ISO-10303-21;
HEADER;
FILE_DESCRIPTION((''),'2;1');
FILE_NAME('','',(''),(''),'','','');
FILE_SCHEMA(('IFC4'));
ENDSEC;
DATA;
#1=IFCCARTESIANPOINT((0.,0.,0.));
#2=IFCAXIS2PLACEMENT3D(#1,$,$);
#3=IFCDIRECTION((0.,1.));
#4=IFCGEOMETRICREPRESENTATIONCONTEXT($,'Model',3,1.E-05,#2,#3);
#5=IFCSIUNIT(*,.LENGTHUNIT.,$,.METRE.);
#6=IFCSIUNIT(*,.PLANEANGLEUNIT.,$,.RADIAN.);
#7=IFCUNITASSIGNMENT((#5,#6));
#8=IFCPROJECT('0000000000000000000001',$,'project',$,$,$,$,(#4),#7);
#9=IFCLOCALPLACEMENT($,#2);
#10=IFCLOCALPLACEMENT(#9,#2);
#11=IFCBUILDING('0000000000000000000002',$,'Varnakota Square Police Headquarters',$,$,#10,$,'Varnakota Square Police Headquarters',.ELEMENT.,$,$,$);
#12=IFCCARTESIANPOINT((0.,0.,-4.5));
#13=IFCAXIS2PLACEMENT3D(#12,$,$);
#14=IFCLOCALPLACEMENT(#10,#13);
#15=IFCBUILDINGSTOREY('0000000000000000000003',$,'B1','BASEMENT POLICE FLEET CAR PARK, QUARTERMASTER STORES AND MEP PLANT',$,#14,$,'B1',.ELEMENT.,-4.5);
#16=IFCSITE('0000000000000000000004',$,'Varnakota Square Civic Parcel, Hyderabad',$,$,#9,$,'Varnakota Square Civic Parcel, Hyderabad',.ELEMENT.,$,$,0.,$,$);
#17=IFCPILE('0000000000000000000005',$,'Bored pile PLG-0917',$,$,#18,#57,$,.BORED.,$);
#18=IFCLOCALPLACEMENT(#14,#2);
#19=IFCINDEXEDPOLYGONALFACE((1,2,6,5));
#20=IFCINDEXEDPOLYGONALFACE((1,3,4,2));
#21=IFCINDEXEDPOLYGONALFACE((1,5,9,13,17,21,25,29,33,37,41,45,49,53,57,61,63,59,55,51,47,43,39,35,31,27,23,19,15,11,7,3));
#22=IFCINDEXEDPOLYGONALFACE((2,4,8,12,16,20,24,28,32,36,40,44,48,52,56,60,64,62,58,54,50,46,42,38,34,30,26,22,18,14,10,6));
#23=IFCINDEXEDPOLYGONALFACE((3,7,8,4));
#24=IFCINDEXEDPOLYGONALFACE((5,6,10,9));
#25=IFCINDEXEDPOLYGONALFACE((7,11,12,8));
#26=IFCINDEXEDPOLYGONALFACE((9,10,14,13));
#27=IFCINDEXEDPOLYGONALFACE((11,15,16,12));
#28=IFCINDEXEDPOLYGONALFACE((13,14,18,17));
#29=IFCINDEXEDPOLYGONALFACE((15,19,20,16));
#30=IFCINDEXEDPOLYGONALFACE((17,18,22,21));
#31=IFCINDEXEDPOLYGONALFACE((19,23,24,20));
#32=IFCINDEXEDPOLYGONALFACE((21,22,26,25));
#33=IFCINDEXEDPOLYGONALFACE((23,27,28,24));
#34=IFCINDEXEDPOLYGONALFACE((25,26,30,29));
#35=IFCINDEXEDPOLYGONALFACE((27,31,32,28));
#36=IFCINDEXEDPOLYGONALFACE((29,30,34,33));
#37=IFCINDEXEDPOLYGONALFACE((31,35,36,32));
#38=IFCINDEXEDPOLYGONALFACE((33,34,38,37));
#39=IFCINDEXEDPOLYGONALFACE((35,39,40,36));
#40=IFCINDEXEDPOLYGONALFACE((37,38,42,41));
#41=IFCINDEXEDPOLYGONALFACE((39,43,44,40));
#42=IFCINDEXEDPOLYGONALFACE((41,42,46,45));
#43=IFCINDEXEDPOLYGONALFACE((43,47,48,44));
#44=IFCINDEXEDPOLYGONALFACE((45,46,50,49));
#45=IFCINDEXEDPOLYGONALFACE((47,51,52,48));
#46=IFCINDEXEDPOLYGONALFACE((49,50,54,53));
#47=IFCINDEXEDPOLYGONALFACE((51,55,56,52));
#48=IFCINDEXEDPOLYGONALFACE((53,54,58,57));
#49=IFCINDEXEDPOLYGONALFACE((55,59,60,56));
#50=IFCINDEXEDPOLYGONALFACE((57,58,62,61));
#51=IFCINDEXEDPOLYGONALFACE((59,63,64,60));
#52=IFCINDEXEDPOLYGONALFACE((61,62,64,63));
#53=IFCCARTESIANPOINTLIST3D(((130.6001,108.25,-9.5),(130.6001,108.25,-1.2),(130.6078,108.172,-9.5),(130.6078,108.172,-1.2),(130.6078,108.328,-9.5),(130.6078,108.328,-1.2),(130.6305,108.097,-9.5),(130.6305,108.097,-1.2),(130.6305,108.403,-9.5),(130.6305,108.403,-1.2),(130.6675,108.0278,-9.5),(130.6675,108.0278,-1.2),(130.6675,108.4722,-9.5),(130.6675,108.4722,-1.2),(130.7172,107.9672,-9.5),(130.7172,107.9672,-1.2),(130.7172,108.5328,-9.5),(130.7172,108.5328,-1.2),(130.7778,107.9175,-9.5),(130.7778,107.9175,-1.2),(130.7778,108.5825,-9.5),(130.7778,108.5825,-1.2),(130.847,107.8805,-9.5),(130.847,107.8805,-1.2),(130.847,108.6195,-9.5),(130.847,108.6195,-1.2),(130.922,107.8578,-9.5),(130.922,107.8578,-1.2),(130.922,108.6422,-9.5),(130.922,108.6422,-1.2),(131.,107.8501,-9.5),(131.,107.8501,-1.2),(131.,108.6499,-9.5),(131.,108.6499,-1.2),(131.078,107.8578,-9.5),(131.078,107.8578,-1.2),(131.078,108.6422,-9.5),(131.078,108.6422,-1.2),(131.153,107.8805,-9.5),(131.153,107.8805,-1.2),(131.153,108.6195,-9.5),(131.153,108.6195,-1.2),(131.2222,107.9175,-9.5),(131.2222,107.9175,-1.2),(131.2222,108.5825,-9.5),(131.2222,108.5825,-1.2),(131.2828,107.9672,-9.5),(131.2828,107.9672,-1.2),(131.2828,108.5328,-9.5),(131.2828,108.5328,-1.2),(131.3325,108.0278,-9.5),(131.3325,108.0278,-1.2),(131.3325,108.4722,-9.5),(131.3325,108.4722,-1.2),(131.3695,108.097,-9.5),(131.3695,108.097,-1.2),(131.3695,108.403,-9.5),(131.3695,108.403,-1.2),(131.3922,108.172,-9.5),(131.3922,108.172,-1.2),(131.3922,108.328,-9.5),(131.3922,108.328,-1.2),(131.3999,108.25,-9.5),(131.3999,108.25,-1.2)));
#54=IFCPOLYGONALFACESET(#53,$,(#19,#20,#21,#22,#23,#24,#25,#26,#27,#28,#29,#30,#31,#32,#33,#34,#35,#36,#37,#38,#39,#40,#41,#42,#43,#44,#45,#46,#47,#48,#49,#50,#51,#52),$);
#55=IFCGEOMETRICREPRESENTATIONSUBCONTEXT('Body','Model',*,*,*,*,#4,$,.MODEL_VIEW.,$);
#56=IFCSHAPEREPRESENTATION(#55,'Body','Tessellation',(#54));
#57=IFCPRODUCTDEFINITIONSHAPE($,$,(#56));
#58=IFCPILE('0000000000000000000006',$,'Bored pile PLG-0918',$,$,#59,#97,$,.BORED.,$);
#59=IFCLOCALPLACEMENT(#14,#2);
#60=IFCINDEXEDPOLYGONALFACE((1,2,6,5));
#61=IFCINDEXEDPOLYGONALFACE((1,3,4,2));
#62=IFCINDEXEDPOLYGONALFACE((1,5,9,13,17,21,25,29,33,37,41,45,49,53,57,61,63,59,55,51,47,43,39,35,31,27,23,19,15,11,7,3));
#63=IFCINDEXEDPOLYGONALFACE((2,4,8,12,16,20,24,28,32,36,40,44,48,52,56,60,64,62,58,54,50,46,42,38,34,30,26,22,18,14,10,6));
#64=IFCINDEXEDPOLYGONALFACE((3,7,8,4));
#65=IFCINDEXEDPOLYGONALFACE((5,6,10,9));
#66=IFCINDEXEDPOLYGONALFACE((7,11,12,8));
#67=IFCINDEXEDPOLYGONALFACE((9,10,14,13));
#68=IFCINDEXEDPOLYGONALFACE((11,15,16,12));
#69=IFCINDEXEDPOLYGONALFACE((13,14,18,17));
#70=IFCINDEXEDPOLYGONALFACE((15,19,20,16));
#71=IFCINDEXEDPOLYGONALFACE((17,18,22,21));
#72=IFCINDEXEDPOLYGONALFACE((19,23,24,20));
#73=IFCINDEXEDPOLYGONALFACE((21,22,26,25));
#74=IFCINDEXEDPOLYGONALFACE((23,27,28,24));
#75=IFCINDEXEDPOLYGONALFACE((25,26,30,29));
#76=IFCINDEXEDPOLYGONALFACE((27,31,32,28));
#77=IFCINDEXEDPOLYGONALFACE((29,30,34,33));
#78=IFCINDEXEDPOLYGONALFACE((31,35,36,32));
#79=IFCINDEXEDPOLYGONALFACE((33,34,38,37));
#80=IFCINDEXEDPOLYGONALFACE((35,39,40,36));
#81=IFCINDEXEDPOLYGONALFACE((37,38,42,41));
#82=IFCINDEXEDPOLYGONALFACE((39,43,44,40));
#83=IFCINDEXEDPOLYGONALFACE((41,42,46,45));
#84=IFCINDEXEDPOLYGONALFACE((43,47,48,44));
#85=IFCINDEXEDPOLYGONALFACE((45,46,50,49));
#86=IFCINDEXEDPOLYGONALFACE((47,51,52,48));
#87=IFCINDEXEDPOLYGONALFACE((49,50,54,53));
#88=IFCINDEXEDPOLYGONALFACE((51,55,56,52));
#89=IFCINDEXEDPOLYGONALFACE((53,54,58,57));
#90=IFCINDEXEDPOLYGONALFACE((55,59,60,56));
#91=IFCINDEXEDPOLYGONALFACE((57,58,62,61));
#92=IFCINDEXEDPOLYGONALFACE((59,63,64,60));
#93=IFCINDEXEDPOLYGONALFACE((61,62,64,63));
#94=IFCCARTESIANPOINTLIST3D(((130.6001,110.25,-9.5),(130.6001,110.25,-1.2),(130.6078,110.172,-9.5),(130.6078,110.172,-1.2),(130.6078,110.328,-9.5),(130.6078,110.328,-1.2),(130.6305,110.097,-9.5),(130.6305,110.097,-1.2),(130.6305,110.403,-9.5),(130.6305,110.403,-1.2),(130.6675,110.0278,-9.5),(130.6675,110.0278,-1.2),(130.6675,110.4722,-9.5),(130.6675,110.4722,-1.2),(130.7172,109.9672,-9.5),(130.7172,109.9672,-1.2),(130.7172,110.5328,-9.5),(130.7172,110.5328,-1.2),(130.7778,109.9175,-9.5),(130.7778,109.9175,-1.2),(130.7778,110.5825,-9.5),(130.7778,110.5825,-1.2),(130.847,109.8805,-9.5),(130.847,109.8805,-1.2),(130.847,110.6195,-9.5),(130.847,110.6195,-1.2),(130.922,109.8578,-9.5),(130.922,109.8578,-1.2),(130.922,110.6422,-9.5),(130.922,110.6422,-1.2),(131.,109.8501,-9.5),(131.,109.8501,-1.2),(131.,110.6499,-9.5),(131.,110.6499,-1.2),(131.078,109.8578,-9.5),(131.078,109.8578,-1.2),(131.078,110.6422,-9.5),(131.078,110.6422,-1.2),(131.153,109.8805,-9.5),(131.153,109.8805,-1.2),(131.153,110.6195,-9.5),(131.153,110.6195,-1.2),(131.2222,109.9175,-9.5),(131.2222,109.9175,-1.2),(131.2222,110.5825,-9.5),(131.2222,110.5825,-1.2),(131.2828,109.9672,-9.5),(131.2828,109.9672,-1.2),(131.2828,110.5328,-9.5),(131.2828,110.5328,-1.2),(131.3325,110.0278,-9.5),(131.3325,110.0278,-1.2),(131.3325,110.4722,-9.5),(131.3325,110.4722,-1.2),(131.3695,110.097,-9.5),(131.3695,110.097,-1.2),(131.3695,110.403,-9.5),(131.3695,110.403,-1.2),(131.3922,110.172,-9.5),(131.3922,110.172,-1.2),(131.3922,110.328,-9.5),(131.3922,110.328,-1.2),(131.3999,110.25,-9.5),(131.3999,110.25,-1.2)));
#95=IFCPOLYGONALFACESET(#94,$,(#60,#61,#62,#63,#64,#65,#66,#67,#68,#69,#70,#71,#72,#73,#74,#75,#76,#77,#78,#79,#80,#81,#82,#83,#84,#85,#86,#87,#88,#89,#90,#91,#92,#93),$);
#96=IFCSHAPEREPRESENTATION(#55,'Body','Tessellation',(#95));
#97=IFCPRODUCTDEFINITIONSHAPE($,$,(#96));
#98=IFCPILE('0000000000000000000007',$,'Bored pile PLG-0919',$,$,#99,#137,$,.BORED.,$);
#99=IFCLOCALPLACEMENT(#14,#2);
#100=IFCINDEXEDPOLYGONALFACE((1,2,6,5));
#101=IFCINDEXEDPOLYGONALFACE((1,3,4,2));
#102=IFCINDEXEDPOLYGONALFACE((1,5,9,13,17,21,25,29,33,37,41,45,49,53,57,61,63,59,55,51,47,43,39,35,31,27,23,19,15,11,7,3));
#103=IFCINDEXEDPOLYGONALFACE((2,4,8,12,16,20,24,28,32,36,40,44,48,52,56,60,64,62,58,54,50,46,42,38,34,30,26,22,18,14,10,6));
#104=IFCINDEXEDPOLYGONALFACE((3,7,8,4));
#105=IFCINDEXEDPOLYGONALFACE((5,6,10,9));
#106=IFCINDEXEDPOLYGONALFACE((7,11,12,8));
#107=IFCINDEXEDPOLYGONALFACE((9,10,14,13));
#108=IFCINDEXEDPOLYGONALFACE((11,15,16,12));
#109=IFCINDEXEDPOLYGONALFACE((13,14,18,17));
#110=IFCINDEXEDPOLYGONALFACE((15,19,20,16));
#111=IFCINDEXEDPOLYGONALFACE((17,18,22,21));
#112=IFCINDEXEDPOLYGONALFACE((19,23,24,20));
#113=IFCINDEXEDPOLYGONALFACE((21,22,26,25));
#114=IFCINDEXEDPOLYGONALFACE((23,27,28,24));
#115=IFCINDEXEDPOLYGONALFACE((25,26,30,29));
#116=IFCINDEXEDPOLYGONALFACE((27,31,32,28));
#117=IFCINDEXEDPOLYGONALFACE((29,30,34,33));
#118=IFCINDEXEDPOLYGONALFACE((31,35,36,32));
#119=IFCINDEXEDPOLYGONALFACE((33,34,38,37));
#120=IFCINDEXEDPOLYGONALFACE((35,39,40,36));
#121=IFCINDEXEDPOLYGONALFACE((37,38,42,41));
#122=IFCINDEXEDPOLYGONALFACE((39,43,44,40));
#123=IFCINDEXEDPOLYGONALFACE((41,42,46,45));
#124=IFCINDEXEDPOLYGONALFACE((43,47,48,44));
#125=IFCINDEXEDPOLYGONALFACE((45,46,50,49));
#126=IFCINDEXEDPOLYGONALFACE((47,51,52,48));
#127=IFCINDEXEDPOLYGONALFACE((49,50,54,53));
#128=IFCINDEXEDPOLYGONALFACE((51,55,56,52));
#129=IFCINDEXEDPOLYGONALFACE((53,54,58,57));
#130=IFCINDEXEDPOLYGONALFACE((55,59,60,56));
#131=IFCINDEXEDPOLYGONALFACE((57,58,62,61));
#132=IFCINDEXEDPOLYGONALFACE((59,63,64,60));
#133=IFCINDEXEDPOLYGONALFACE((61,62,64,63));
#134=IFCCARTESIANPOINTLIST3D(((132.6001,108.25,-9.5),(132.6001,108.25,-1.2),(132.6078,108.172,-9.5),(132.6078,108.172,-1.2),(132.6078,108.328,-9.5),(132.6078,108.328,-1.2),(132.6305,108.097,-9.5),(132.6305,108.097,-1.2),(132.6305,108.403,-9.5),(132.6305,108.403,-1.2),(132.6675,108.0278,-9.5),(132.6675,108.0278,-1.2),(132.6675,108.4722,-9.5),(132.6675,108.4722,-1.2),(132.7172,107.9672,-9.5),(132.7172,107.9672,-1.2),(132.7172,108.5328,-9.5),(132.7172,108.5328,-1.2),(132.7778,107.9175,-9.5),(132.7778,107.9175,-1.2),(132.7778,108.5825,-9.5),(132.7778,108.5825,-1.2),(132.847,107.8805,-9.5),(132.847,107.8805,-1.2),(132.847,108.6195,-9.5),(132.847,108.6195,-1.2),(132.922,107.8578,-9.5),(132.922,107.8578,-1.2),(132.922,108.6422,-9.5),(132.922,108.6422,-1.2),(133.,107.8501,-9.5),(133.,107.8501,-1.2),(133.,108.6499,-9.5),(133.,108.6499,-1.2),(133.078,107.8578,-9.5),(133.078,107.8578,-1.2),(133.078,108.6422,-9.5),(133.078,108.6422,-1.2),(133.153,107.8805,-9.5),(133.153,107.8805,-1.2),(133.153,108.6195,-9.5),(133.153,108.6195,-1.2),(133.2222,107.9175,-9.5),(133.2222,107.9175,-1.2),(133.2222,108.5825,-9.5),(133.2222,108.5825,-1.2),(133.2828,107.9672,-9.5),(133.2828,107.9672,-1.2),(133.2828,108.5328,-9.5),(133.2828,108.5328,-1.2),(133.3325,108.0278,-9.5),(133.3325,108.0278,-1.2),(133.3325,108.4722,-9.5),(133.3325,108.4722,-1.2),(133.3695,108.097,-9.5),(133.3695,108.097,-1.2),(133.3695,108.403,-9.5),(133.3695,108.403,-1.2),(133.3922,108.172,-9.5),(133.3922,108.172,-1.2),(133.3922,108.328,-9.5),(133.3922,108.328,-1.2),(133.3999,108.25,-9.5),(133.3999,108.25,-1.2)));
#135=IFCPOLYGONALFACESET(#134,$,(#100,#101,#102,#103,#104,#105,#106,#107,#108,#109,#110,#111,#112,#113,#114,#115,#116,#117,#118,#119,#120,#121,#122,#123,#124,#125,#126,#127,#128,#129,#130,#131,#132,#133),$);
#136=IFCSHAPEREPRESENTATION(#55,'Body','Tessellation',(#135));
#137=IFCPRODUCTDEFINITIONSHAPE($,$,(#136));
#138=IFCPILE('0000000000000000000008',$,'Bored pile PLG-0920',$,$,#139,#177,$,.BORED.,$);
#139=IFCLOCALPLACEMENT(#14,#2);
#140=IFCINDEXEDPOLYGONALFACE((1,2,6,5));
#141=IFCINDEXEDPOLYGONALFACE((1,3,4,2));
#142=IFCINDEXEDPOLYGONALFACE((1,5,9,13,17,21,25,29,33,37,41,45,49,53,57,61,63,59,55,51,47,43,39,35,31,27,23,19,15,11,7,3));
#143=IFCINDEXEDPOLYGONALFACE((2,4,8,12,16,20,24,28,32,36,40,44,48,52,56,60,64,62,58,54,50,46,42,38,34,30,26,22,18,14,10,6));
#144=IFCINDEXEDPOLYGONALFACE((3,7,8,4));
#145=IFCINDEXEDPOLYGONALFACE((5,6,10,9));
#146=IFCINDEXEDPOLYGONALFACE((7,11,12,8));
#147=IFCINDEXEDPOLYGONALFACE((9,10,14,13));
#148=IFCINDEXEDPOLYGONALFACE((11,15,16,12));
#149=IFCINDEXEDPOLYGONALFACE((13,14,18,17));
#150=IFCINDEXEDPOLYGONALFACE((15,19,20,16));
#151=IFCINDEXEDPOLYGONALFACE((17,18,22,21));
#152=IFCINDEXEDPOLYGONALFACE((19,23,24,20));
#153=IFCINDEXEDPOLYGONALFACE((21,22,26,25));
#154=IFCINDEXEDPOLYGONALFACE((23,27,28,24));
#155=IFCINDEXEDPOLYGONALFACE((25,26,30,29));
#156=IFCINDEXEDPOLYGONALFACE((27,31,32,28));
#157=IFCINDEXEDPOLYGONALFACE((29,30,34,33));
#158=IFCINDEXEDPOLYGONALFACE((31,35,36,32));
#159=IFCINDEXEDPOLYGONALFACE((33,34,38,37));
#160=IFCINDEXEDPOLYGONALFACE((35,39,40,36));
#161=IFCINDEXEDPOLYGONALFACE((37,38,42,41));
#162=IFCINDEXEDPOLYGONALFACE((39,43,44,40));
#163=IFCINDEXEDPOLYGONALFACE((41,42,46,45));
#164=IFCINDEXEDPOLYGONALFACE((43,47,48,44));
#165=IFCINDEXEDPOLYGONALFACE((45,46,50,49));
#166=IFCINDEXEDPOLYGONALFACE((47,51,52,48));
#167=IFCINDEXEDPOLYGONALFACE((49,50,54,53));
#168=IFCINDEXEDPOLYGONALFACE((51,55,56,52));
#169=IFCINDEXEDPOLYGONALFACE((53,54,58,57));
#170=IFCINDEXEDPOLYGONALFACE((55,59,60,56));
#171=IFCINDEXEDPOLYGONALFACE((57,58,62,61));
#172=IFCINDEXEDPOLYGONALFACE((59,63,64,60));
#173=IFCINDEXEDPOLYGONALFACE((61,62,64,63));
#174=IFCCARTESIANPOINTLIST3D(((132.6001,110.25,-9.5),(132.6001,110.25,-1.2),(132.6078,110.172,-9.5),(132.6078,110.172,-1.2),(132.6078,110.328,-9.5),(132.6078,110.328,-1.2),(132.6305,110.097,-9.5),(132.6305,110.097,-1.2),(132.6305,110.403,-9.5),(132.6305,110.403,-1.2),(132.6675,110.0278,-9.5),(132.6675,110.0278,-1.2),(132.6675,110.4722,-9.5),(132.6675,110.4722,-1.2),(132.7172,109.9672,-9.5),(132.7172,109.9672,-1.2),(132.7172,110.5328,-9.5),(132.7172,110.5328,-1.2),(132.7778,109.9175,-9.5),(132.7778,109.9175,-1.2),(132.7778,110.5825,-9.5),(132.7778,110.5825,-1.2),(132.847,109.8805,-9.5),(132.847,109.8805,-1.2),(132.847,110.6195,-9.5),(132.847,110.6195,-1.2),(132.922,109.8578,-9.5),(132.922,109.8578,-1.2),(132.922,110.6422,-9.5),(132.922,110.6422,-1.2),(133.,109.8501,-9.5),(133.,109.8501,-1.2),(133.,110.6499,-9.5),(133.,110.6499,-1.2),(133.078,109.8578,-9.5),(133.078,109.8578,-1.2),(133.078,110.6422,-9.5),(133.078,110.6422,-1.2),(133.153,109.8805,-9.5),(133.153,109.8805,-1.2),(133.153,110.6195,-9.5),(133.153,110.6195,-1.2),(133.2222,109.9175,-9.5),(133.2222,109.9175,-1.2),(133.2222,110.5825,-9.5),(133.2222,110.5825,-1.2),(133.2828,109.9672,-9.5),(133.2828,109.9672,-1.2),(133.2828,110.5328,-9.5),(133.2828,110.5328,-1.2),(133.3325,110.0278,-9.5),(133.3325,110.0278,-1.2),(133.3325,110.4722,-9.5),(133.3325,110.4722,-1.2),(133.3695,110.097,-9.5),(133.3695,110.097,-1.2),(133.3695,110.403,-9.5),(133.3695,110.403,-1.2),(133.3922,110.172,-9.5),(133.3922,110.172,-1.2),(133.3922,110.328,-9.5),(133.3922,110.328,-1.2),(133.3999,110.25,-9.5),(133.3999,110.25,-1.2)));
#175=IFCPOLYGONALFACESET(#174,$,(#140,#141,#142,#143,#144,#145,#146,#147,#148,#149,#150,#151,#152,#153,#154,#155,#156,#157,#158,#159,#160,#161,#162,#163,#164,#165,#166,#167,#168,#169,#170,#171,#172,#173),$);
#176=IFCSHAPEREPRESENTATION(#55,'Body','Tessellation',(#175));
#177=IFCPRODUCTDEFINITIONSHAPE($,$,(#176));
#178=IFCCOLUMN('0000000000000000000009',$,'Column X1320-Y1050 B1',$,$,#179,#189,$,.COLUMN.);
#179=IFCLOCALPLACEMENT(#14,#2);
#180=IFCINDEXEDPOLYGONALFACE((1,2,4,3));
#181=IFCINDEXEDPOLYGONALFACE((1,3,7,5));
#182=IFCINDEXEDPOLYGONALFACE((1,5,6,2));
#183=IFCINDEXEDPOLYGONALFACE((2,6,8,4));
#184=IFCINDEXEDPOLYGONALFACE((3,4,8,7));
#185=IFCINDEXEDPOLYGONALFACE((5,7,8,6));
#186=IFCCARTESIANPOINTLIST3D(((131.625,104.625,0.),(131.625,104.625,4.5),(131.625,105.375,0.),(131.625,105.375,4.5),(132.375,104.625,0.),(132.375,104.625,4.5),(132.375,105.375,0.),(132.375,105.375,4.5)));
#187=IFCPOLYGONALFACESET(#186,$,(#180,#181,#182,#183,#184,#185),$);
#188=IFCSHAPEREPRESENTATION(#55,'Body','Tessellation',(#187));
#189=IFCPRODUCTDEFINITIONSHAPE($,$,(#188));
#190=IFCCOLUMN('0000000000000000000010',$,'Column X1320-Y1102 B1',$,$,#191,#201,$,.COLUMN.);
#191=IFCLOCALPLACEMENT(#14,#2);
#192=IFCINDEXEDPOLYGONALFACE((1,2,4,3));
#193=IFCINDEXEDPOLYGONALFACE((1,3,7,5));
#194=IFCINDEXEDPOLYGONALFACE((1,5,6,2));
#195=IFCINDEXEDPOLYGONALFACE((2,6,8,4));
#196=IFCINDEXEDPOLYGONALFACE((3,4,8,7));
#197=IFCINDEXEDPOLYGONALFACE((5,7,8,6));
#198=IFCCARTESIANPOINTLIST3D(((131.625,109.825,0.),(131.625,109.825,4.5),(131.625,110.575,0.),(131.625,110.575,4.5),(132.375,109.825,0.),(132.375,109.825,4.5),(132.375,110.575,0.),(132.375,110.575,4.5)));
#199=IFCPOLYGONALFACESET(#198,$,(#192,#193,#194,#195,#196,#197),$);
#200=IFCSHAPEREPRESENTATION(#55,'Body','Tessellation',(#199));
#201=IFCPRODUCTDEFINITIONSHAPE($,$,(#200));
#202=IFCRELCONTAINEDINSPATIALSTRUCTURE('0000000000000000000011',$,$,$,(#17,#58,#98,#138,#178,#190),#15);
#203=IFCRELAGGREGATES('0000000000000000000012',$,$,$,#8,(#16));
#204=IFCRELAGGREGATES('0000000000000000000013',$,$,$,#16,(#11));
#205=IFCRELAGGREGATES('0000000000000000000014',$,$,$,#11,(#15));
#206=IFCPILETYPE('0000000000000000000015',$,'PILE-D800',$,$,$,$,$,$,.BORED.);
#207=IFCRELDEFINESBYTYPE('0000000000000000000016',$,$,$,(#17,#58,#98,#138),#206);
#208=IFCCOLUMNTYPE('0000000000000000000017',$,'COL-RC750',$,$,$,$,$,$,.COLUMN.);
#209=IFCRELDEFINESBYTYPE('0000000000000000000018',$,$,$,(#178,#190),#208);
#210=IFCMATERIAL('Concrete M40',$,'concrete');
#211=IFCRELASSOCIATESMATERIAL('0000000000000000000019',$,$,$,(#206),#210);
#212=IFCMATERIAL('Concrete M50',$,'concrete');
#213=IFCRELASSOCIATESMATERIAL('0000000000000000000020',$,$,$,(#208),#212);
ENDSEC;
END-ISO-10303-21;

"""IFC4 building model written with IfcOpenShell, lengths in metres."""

from ifc_helpers import new_model, si_unit, direction, frame, origin, origin_2d, place, context, subcontext, project, spatial, rectangle, circle, extrude, material, material_profile, profile_set, type_object, element, save


model = new_model("IFC4")

# Units and contexts
model_context = context("Model", 3, precision=1e-05, world=origin(), true_north=direction((0.0, 1.0)))
body_context = subcontext(model_context, "Body", "Model", "MODEL_VIEW")
ifc_project = project(units=[si_unit("LENGTHUNIT", "METRE"), si_unit("PLANEANGLEUNIT", "RADIAN")], contexts=[model_context])

# Site, building, storey
site_placement = place(None, origin())
site = spatial("IfcSite", under=ifc_project, at=site_placement, Name="Varnakota Square Civic Parcel, Hyderabad", LongName="Varnakota Square Civic Parcel, Hyderabad", CompositionType="ELEMENT", RefElevation=0.0)
building_placement = place(site_placement, origin())
building = spatial("IfcBuilding", under=site, at=building_placement, Name="Varnakota Square Police Headquarters", LongName="Varnakota Square Police Headquarters", CompositionType="ELEMENT")
storey_placement = place(building_placement, frame((0.0, 0.0, -4.5)))
storey = spatial("IfcBuildingStorey", under=building, at=storey_placement, Name="B1", Description="BASEMENT POLICE FLEET CAR PARK, QUARTERMASTER STORES AND MEP PLANT", LongName="B1", CompositionType="ELEMENT", Elevation=-4.5)

# Shared definitions
ifc_material_1 = material(Name="Concrete M40", Category="concrete")

# Piles
ifc_material_profile_1 = material_profile(ifc_material_1, circle(Radius=0.3999, at=origin_2d()), Name="BORED PILE 800")
ifc_profile_set_1 = profile_set([ifc_material_profile_1], Name="Concrete M40")
pile_type = type_object("IfcPileType", Name="PILE-D800", PredefinedType="BORED", material=ifc_profile_set_1)
for number, where, z_axis, x_axis, name in (
    (1, (131.0, 108.25, -1.2), (0.0, 0.0, -1.0), (1.0, 0.0, 0.0), "Bored pile PLG-0917"),
    (2, (131.0, 110.25, -1.2), (0.0, 0.0, -1.0), (1.0, 0.0, 0.0), "Bored pile PLG-0918"),
    (3, (133.0, 108.25, -1.2), (0.0, 0.0, -1.0), (1.0, 0.0, 0.0), "Bored pile PLG-0919"),
    (4, (133.0, 110.25, -1.2), (0.0, 0.0, -1.0), (1.0, 0.0, 0.0), "Bored pile PLG-0920"),
):
    element("IfcPile", number, at=place(storey_placement, frame(where, z_axis=z_axis, x_axis=x_axis)), inside=storey, type_object=pile_type, Name=name, PredefinedType="BORED", context=body_context, shape_type="SweptSolid", body=[
        extrude(circle(Radius=0.3999, at=origin_2d()), origin(), (0.0, 0.0, 1.0), 8.3),
    ])

# Columns
ifc_material_2 = material(Name="Concrete M50", Category="concrete")
ifc_material_profile_2 = material_profile(ifc_material_2, rectangle(XDim=0.75, YDim=0.75, at=origin_2d()), Name="RC 750x750")
ifc_profile_set_2 = profile_set([ifc_material_profile_2], Name="Concrete M50")
column_type = type_object("IfcColumnType", Name="COL-RC750", PredefinedType="COLUMN", material=ifc_profile_set_2)
for number, where, z_axis, x_axis, name in (
    (5, (132.0, 105.0, 0.0), (0.0, 0.0, 1.0), (1.0, 0.0, 0.0), "Column X1320-Y1050 B1"),
    (6, (132.0, 110.2, 0.0), (0.0, 0.0, 1.0), (1.0, 0.0, 0.0), "Column X1320-Y1102 B1"),
):
    element("IfcColumn", number, at=place(storey_placement, frame(where, z_axis=z_axis, x_axis=x_axis)), inside=storey, type_object=column_type, Name=name, PredefinedType="COLUMN", context=body_context, shape_type="SweptSolid", body=[
        extrude(rectangle(XDim=0.75, YDim=0.75, at=origin_2d()), origin(), (0.0, 0.0, 1.0), 4.5),
    ])

save(model, "model.ifc")
